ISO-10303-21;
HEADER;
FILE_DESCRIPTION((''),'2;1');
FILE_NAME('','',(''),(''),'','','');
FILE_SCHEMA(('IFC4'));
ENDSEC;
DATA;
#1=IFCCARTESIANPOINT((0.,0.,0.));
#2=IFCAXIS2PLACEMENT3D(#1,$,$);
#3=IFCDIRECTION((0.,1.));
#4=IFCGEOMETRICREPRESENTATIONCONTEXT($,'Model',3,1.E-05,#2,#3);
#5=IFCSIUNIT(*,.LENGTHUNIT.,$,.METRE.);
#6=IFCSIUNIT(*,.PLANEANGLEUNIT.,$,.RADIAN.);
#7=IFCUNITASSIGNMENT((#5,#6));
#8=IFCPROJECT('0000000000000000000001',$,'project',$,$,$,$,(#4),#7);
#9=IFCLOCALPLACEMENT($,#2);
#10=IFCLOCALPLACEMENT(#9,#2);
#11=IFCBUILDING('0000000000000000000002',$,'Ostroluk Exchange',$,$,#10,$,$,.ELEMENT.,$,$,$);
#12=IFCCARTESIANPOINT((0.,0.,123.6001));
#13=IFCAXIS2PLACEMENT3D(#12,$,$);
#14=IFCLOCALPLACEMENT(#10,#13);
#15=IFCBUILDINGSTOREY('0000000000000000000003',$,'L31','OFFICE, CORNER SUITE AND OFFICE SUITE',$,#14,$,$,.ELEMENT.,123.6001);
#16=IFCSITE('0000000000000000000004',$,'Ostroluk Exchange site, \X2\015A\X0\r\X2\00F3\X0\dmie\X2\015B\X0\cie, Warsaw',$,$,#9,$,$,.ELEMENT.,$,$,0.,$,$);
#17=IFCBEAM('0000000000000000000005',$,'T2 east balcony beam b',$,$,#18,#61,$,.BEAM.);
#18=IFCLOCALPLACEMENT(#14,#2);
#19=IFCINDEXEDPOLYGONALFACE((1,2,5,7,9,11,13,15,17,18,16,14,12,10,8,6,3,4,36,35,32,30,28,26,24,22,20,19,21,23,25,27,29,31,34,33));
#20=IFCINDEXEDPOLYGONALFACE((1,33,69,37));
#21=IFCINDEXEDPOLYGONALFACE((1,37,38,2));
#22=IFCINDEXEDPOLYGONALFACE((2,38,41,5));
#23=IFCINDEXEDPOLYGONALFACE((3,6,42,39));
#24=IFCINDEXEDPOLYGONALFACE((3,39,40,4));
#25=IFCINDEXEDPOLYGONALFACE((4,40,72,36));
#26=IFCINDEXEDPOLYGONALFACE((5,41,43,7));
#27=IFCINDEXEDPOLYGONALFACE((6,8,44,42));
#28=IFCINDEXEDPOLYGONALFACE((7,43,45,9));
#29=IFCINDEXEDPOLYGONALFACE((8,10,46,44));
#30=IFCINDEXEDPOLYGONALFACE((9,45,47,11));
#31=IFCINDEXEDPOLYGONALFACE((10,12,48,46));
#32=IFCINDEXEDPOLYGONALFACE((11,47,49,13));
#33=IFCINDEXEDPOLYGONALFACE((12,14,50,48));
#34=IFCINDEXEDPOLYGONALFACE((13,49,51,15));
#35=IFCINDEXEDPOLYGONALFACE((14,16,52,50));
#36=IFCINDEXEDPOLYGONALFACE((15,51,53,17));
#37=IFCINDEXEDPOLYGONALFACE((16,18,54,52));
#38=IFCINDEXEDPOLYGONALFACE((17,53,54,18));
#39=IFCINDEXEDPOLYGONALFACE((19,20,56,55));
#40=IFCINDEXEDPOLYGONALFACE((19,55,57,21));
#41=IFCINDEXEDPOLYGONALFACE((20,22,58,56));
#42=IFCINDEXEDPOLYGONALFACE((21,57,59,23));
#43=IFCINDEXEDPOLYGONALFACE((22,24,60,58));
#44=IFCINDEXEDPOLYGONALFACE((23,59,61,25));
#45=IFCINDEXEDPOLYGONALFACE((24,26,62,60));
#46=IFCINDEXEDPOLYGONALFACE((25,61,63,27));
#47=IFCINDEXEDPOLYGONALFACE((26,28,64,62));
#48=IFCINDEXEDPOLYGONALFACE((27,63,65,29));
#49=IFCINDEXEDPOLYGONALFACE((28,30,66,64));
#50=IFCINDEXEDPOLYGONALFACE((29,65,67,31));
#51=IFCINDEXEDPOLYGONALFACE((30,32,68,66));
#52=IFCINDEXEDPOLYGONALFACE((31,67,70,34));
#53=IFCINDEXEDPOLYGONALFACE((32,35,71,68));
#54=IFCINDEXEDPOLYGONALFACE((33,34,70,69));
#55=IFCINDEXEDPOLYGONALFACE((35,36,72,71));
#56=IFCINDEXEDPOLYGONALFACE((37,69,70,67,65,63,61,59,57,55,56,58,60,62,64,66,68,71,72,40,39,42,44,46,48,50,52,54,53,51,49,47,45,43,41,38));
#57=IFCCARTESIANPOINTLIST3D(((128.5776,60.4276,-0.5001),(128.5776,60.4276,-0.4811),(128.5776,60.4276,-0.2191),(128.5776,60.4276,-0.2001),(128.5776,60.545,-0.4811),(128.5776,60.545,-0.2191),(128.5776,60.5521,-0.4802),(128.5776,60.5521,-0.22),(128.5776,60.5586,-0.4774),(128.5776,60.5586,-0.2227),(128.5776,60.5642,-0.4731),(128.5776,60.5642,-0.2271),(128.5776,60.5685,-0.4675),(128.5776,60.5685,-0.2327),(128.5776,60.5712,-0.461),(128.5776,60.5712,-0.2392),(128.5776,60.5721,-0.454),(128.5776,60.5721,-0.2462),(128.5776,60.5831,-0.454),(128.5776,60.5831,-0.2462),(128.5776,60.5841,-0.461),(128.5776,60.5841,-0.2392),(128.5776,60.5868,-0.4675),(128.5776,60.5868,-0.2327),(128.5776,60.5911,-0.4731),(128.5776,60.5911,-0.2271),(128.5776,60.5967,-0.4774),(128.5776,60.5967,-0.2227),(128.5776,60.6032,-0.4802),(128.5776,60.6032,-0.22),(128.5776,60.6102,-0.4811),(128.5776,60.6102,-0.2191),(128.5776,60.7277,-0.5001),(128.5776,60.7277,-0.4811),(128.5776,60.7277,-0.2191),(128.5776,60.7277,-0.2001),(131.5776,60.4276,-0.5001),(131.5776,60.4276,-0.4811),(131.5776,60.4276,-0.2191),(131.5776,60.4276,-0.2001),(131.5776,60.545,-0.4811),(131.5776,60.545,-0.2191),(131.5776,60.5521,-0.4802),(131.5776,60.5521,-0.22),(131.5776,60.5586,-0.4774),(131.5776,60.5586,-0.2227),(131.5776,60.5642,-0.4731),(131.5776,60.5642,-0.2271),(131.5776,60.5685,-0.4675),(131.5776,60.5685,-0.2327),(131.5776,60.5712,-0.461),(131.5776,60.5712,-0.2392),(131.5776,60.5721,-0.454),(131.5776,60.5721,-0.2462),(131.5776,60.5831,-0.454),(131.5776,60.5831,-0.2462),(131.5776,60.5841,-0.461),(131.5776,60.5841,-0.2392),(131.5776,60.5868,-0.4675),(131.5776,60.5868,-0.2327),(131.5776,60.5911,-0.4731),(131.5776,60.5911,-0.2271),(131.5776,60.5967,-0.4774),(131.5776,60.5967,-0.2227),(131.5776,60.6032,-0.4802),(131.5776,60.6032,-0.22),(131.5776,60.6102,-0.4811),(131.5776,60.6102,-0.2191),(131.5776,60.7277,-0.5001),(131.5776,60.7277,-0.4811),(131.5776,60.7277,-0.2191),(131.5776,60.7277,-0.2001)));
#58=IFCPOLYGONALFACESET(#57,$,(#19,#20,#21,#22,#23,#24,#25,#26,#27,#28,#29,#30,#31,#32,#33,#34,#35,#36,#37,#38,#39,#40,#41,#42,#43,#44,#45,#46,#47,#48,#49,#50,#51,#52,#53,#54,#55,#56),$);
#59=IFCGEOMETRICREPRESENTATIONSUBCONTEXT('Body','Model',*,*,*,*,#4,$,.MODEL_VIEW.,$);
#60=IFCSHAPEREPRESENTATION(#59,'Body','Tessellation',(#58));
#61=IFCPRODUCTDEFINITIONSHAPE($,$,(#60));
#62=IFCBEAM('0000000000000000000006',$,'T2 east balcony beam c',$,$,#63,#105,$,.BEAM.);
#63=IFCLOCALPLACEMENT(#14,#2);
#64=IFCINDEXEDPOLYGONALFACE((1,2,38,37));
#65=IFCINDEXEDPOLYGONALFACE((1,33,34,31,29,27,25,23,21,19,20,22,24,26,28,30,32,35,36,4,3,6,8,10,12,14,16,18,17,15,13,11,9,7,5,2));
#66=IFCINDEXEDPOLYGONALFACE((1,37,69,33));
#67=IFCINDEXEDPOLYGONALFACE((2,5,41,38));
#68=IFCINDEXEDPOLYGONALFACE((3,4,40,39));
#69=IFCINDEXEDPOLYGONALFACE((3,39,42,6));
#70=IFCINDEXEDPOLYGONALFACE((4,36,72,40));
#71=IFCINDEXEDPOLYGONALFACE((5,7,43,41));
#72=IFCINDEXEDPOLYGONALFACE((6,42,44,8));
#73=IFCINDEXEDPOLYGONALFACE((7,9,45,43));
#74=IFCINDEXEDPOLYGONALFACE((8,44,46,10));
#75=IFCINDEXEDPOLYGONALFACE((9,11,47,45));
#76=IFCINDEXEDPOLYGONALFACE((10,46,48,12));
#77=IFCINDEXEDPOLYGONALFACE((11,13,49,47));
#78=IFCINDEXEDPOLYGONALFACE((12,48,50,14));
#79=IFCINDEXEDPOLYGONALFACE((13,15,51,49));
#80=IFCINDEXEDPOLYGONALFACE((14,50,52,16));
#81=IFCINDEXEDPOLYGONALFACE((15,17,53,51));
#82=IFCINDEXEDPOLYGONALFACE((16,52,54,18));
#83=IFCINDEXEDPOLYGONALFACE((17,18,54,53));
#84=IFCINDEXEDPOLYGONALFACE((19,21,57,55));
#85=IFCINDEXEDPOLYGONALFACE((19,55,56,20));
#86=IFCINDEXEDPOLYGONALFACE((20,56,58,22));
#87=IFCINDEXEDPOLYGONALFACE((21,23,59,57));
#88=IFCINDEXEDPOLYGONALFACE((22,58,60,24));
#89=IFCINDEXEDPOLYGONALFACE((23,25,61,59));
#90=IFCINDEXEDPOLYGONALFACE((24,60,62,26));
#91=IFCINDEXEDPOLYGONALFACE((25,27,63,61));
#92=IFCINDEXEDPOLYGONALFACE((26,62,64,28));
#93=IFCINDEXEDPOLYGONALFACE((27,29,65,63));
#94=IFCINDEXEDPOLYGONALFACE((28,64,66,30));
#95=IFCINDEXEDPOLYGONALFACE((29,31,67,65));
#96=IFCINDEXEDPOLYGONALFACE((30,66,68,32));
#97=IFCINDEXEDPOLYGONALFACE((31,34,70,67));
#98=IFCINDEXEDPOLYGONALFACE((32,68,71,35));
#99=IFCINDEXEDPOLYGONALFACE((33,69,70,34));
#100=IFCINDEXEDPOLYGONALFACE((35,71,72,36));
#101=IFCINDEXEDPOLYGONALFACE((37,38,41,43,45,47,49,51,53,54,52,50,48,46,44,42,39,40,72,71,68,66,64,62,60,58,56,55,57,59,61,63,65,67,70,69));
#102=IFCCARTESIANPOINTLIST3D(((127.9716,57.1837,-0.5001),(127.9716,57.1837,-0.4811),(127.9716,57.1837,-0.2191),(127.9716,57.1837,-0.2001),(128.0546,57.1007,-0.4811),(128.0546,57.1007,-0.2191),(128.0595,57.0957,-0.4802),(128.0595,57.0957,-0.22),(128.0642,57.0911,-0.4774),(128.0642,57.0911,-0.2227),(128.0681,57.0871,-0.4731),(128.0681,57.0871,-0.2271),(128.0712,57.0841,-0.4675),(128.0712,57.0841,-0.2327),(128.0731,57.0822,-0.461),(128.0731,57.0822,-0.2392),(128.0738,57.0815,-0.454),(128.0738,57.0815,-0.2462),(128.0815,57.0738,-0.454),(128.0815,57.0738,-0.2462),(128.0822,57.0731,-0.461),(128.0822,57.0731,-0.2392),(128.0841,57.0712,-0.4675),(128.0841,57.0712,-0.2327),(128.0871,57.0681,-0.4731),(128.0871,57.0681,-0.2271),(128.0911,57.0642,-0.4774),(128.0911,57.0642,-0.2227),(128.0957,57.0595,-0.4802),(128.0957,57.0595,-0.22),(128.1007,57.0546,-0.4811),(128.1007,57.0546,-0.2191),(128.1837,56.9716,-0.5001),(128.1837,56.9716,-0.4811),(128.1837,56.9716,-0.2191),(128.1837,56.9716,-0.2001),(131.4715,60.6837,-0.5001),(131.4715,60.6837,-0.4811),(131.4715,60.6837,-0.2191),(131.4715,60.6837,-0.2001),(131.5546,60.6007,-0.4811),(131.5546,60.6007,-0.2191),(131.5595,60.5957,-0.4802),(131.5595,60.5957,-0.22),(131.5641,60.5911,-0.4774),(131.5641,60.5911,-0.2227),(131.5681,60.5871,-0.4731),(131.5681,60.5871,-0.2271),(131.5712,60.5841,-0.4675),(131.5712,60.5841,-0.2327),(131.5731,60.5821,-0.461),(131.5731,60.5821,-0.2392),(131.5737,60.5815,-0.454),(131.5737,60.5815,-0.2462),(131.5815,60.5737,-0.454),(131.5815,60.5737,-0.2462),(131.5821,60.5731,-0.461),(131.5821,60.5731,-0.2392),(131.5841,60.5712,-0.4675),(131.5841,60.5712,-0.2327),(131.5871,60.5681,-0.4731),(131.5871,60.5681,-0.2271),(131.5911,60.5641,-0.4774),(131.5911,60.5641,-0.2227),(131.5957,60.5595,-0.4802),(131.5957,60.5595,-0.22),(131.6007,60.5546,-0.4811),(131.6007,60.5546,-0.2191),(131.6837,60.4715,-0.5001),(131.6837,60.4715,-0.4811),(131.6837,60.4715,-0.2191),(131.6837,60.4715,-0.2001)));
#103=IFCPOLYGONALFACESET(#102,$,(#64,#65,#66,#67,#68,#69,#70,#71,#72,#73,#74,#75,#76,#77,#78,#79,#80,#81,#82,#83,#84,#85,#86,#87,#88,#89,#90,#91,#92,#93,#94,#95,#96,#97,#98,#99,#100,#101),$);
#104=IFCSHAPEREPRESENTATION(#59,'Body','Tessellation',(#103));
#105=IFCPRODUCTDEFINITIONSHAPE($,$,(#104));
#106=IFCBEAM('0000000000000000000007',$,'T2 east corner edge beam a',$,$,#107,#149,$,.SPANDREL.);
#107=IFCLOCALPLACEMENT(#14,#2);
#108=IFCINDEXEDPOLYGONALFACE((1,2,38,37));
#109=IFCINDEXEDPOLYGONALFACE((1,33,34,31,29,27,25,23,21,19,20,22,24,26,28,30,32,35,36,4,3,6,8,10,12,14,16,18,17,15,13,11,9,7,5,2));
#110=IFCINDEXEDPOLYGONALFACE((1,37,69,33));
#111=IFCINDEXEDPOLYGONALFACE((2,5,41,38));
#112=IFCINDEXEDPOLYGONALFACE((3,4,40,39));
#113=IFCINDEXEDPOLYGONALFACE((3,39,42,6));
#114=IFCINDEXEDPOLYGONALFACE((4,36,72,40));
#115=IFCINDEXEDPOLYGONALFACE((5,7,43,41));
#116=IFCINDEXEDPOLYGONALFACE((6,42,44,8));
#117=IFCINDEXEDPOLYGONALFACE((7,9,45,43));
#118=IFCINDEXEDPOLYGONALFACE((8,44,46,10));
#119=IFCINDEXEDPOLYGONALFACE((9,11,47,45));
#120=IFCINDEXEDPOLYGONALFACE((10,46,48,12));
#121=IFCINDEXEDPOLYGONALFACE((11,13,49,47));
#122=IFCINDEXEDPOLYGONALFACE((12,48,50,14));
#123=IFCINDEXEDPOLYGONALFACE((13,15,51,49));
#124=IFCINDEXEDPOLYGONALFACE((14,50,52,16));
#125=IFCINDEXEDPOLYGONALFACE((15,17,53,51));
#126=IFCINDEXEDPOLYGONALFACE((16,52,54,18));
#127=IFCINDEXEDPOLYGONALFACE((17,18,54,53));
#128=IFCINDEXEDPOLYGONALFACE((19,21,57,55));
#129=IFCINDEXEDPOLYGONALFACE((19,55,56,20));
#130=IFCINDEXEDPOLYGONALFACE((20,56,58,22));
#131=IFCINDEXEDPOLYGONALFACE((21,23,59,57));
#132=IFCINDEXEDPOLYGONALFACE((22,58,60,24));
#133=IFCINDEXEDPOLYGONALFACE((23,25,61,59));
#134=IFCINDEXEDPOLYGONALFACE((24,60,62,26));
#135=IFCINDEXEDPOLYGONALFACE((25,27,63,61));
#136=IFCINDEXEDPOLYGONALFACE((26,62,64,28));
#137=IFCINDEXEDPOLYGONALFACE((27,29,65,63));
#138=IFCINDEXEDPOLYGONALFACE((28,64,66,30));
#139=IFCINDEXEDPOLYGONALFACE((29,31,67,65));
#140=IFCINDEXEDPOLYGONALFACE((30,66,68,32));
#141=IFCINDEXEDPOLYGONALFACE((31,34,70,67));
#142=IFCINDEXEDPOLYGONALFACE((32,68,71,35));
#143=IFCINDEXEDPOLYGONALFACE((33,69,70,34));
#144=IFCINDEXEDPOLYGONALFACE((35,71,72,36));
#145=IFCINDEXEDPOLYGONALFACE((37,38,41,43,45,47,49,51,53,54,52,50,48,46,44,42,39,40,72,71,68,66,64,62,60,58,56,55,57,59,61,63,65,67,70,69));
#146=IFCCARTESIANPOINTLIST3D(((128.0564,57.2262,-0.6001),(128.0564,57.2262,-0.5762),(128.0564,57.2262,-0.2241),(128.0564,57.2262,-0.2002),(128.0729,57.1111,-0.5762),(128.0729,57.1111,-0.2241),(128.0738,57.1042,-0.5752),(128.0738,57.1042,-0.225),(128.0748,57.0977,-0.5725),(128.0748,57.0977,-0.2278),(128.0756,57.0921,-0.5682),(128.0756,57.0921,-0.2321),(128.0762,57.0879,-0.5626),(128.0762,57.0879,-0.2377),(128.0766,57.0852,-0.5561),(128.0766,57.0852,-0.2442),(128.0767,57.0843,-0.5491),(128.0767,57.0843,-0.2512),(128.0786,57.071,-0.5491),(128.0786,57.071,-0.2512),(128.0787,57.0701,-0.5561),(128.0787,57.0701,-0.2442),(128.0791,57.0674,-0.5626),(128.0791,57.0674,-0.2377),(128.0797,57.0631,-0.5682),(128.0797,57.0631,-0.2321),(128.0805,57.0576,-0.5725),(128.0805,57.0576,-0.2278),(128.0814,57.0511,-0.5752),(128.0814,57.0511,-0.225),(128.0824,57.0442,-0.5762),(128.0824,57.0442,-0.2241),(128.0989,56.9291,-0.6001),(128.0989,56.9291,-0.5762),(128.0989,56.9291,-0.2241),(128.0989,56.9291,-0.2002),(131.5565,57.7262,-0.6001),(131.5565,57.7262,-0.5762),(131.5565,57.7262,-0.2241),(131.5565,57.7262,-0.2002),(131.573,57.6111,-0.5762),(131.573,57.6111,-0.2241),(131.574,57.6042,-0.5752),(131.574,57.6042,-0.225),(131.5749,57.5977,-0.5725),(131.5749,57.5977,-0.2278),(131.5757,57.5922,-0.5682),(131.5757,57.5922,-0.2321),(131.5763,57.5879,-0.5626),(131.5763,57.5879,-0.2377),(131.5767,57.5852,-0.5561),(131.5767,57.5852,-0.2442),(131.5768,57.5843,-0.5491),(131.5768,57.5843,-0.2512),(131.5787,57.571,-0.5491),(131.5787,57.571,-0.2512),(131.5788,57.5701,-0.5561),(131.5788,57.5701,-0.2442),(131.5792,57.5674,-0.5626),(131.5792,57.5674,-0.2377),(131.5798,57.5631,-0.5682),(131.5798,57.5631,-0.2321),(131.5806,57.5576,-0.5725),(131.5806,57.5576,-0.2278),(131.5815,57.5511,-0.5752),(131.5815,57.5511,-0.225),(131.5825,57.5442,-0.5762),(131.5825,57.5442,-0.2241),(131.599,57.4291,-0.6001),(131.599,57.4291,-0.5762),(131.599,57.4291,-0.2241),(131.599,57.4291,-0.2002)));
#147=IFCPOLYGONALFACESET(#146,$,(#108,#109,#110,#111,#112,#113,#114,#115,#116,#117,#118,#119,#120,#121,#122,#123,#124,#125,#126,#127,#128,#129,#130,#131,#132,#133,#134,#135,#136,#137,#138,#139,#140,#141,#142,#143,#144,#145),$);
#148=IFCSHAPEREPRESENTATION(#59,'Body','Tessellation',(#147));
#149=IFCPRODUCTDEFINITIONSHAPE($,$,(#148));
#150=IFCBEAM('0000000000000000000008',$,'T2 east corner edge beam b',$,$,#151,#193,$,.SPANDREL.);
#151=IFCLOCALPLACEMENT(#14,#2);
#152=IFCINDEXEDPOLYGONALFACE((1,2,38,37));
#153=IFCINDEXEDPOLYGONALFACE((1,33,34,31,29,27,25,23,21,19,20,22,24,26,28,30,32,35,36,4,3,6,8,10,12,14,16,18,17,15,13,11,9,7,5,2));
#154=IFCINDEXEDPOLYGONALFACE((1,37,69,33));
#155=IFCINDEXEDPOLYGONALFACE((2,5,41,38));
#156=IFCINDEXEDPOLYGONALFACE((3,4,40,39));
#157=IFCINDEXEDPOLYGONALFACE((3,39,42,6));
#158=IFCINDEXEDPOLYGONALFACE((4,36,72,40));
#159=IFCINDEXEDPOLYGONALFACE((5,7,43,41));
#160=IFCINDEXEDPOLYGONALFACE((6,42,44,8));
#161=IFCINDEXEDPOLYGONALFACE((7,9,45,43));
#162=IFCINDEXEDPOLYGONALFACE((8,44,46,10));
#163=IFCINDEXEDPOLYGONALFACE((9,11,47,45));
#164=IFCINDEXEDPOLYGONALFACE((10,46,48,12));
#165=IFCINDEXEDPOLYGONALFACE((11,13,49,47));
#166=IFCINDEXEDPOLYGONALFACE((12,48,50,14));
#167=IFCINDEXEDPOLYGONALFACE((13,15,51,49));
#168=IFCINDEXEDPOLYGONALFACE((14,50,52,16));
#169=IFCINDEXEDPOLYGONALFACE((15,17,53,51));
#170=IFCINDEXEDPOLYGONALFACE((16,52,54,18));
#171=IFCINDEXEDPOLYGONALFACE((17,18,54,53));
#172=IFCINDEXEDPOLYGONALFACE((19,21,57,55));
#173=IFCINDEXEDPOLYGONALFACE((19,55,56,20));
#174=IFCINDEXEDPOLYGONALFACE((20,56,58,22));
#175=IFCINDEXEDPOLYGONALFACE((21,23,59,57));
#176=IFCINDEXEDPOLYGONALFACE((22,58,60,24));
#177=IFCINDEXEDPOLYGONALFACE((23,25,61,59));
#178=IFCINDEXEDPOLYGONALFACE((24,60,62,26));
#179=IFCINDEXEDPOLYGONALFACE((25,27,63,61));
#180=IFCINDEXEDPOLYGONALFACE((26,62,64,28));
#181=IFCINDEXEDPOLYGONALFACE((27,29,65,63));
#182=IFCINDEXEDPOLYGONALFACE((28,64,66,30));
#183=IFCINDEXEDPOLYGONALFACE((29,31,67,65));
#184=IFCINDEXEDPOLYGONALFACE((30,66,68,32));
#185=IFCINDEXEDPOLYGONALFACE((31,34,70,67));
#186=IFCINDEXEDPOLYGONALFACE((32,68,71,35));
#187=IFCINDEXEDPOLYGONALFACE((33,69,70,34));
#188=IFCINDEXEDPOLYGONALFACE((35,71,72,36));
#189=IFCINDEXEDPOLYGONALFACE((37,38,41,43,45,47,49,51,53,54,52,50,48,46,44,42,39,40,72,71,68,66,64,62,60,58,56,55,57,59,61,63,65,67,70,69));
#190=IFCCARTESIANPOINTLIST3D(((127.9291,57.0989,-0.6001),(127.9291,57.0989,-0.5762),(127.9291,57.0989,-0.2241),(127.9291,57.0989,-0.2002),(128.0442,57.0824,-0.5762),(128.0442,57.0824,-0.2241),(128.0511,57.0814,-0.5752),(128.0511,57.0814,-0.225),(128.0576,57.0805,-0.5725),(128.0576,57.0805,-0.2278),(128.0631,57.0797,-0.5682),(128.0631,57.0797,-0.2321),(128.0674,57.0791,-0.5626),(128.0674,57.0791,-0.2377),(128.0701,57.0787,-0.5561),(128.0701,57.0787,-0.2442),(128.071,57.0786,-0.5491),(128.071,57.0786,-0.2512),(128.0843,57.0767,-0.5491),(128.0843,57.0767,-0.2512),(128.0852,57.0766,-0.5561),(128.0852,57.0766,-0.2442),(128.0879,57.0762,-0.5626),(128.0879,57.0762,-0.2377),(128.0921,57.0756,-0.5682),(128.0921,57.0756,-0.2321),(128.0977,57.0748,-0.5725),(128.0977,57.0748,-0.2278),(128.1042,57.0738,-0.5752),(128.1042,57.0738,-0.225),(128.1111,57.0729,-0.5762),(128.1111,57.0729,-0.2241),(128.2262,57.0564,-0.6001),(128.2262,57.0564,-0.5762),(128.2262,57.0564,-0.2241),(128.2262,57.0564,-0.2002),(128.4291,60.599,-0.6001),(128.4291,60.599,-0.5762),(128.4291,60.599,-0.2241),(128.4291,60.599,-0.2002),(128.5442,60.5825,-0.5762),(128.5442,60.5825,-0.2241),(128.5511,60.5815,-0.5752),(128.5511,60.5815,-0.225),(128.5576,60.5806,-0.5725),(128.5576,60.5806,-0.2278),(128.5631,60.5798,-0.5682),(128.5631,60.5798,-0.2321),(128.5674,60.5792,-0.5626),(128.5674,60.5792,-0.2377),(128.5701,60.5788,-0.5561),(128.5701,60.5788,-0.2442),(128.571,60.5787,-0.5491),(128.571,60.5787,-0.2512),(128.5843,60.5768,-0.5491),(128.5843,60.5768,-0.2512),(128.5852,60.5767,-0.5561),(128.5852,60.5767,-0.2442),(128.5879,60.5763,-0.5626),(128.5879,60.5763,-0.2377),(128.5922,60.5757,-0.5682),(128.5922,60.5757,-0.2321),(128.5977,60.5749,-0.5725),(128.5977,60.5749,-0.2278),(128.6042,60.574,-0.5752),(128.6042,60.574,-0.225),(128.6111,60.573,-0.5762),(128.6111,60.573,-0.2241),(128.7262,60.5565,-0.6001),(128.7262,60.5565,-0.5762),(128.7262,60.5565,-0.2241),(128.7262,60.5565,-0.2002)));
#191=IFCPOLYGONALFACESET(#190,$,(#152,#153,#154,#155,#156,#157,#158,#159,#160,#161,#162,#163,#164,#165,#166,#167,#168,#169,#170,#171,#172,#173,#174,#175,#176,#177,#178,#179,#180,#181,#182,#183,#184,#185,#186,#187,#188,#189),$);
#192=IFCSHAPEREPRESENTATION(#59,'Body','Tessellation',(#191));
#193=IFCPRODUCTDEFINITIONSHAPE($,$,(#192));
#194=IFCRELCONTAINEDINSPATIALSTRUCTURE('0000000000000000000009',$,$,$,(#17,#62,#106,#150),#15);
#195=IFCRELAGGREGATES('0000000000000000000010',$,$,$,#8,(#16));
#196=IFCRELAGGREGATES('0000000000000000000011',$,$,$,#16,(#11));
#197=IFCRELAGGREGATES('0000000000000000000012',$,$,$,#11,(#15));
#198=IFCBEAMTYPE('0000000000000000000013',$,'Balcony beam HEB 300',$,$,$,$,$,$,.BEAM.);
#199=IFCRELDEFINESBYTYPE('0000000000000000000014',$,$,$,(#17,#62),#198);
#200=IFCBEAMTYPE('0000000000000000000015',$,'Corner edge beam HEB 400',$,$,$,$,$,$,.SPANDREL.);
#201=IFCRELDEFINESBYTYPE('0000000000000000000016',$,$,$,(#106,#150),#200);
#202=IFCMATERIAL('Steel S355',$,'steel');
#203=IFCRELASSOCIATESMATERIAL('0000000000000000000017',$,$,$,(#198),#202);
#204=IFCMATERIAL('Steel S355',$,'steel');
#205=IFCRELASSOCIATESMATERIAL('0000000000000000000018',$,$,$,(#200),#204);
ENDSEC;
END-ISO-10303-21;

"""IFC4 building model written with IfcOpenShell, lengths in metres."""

from ifc_helpers import new_model, si_unit, direction, frame, origin, origin_2d, place, context, subcontext, project, spatial, i_section, extrude, material, material_profile, profile_set, type_object, element, save


model = new_model("IFC4")

# Units and contexts
model_context = context("Model", 3, precision=1e-05, world=origin(), true_north=direction((0.0, 1.0)))
body_context = subcontext(model_context, "Body", "Model", "MODEL_VIEW")
ifc_project = project(units=[si_unit("LENGTHUNIT", "METRE"), si_unit("PLANEANGLEUNIT", "RADIAN")], contexts=[model_context])

# Site, building, storey
site_placement = place(None, origin())
site = spatial("IfcSite", under=ifc_project, at=site_placement, Name="Ostroluk Exchange site, Śródmieście, Warsaw", CompositionType="ELEMENT", RefElevation=0.0)
building_placement = place(site_placement, origin())
building = spatial("IfcBuilding", under=site, at=building_placement, Name="Ostroluk Exchange", CompositionType="ELEMENT")
storey_placement = place(building_placement, frame((0.0, 0.0, 123.6001)))
storey = spatial("IfcBuildingStorey", under=building, at=storey_placement, Name="L31", Description="OFFICE, CORNER SUITE AND OFFICE SUITE", CompositionType="ELEMENT", Elevation=123.6001)

# Beams
ifc_material_1 = material(Name="Steel S355", Category="steel")
ifc_material_profile_1 = material_profile(ifc_material_1, i_section(OverallWidth=0.3, OverallDepth=0.3, WebThickness=0.011, FlangeThickness=0.019, FilletRadius=0.0271, at=origin_2d()), Name="HEB 300")
ifc_profile_set_1 = profile_set([ifc_material_profile_1], Name="Steel S355")
beam_type_1 = type_object("IfcBeamType", Name="Balcony beam HEB 300", PredefinedType="BEAM", material=ifc_profile_set_1)
for number, where, z_axis, x_axis, name in (
    (1, (128.5776, 60.5776, -0.3501), (1.0, 0.0, 0.0), (0.0, 1.0, 0.0), "T2 east balcony beam b"),
):
    element("IfcBeam", number, at=place(storey_placement, frame(where, z_axis=z_axis, x_axis=x_axis)), inside=storey, type_object=beam_type_1, Name=name, PredefinedType="BEAM", context=body_context, shape_type="SweptSolid", body=[
        extrude(i_section(OverallWidth=0.3, OverallDepth=0.3, WebThickness=0.011, FlangeThickness=0.019, FilletRadius=0.0271, at=origin_2d()), origin(), (0.0, 0.0, 1.0), 3.0),
    ])
beam_1_placement = place(storey_placement, frame((128.0776, 57.0776, -0.3501), z_axis=(0.707107, 0.707107, 0.0), x_axis=(-0.707107, 0.707107, 0.0)))
element("IfcBeam", 2, at=beam_1_placement, inside=storey, type_object=beam_type_1, Name="T2 east balcony beam c", PredefinedType="BEAM", context=body_context, shape_type="SweptSolid", body=[
    extrude(i_section(OverallWidth=0.3, OverallDepth=0.3, WebThickness=0.011, FlangeThickness=0.019, FilletRadius=0.0271, at=origin_2d()), origin(), (0.0, 0.0, 1.0), 4.9497),
])
ifc_material_2 = material(Name="Steel S355", Category="steel")
ifc_material_profile_2 = material_profile(ifc_material_2, i_section(OverallWidth=0.3, OverallDepth=0.3999, WebThickness=0.0134, FlangeThickness=0.0239, FilletRadius=0.0271, at=origin_2d()), Name="HEB 400")
ifc_profile_set_2 = profile_set([ifc_material_profile_2], Name="Steel S355")
beam_type_2 = type_object("IfcBeamType", Name="Corner edge beam HEB 400", PredefinedType="SPANDREL", material=ifc_profile_set_2)
for number, where, z_axis, x_axis, name in (
    (3, (128.0776, 57.0776, -0.4001), (0.989949, 0.141421, 0.0), (-0.141421, 0.989949, 0.0), "T2 east corner edge beam a"),
    (4, (128.0776, 57.0776, -0.4001), (0.141421, 0.989949, 0.0), (-0.989949, 0.141421, 0.0), "T2 east corner edge beam b"),
):
    element("IfcBeam", number, at=place(storey_placement, frame(where, z_axis=z_axis, x_axis=x_axis)), inside=storey, type_object=beam_type_2, Name=name, PredefinedType="SPANDREL", context=body_context, shape_type="SweptSolid", body=[
        extrude(i_section(OverallWidth=0.3, OverallDepth=0.3999, WebThickness=0.0134, FlangeThickness=0.0239, FilletRadius=0.0271, at=origin_2d()), origin(), (0.0, 0.0, 1.0), 3.5356),
    ])

save(model, "model.ifc")
